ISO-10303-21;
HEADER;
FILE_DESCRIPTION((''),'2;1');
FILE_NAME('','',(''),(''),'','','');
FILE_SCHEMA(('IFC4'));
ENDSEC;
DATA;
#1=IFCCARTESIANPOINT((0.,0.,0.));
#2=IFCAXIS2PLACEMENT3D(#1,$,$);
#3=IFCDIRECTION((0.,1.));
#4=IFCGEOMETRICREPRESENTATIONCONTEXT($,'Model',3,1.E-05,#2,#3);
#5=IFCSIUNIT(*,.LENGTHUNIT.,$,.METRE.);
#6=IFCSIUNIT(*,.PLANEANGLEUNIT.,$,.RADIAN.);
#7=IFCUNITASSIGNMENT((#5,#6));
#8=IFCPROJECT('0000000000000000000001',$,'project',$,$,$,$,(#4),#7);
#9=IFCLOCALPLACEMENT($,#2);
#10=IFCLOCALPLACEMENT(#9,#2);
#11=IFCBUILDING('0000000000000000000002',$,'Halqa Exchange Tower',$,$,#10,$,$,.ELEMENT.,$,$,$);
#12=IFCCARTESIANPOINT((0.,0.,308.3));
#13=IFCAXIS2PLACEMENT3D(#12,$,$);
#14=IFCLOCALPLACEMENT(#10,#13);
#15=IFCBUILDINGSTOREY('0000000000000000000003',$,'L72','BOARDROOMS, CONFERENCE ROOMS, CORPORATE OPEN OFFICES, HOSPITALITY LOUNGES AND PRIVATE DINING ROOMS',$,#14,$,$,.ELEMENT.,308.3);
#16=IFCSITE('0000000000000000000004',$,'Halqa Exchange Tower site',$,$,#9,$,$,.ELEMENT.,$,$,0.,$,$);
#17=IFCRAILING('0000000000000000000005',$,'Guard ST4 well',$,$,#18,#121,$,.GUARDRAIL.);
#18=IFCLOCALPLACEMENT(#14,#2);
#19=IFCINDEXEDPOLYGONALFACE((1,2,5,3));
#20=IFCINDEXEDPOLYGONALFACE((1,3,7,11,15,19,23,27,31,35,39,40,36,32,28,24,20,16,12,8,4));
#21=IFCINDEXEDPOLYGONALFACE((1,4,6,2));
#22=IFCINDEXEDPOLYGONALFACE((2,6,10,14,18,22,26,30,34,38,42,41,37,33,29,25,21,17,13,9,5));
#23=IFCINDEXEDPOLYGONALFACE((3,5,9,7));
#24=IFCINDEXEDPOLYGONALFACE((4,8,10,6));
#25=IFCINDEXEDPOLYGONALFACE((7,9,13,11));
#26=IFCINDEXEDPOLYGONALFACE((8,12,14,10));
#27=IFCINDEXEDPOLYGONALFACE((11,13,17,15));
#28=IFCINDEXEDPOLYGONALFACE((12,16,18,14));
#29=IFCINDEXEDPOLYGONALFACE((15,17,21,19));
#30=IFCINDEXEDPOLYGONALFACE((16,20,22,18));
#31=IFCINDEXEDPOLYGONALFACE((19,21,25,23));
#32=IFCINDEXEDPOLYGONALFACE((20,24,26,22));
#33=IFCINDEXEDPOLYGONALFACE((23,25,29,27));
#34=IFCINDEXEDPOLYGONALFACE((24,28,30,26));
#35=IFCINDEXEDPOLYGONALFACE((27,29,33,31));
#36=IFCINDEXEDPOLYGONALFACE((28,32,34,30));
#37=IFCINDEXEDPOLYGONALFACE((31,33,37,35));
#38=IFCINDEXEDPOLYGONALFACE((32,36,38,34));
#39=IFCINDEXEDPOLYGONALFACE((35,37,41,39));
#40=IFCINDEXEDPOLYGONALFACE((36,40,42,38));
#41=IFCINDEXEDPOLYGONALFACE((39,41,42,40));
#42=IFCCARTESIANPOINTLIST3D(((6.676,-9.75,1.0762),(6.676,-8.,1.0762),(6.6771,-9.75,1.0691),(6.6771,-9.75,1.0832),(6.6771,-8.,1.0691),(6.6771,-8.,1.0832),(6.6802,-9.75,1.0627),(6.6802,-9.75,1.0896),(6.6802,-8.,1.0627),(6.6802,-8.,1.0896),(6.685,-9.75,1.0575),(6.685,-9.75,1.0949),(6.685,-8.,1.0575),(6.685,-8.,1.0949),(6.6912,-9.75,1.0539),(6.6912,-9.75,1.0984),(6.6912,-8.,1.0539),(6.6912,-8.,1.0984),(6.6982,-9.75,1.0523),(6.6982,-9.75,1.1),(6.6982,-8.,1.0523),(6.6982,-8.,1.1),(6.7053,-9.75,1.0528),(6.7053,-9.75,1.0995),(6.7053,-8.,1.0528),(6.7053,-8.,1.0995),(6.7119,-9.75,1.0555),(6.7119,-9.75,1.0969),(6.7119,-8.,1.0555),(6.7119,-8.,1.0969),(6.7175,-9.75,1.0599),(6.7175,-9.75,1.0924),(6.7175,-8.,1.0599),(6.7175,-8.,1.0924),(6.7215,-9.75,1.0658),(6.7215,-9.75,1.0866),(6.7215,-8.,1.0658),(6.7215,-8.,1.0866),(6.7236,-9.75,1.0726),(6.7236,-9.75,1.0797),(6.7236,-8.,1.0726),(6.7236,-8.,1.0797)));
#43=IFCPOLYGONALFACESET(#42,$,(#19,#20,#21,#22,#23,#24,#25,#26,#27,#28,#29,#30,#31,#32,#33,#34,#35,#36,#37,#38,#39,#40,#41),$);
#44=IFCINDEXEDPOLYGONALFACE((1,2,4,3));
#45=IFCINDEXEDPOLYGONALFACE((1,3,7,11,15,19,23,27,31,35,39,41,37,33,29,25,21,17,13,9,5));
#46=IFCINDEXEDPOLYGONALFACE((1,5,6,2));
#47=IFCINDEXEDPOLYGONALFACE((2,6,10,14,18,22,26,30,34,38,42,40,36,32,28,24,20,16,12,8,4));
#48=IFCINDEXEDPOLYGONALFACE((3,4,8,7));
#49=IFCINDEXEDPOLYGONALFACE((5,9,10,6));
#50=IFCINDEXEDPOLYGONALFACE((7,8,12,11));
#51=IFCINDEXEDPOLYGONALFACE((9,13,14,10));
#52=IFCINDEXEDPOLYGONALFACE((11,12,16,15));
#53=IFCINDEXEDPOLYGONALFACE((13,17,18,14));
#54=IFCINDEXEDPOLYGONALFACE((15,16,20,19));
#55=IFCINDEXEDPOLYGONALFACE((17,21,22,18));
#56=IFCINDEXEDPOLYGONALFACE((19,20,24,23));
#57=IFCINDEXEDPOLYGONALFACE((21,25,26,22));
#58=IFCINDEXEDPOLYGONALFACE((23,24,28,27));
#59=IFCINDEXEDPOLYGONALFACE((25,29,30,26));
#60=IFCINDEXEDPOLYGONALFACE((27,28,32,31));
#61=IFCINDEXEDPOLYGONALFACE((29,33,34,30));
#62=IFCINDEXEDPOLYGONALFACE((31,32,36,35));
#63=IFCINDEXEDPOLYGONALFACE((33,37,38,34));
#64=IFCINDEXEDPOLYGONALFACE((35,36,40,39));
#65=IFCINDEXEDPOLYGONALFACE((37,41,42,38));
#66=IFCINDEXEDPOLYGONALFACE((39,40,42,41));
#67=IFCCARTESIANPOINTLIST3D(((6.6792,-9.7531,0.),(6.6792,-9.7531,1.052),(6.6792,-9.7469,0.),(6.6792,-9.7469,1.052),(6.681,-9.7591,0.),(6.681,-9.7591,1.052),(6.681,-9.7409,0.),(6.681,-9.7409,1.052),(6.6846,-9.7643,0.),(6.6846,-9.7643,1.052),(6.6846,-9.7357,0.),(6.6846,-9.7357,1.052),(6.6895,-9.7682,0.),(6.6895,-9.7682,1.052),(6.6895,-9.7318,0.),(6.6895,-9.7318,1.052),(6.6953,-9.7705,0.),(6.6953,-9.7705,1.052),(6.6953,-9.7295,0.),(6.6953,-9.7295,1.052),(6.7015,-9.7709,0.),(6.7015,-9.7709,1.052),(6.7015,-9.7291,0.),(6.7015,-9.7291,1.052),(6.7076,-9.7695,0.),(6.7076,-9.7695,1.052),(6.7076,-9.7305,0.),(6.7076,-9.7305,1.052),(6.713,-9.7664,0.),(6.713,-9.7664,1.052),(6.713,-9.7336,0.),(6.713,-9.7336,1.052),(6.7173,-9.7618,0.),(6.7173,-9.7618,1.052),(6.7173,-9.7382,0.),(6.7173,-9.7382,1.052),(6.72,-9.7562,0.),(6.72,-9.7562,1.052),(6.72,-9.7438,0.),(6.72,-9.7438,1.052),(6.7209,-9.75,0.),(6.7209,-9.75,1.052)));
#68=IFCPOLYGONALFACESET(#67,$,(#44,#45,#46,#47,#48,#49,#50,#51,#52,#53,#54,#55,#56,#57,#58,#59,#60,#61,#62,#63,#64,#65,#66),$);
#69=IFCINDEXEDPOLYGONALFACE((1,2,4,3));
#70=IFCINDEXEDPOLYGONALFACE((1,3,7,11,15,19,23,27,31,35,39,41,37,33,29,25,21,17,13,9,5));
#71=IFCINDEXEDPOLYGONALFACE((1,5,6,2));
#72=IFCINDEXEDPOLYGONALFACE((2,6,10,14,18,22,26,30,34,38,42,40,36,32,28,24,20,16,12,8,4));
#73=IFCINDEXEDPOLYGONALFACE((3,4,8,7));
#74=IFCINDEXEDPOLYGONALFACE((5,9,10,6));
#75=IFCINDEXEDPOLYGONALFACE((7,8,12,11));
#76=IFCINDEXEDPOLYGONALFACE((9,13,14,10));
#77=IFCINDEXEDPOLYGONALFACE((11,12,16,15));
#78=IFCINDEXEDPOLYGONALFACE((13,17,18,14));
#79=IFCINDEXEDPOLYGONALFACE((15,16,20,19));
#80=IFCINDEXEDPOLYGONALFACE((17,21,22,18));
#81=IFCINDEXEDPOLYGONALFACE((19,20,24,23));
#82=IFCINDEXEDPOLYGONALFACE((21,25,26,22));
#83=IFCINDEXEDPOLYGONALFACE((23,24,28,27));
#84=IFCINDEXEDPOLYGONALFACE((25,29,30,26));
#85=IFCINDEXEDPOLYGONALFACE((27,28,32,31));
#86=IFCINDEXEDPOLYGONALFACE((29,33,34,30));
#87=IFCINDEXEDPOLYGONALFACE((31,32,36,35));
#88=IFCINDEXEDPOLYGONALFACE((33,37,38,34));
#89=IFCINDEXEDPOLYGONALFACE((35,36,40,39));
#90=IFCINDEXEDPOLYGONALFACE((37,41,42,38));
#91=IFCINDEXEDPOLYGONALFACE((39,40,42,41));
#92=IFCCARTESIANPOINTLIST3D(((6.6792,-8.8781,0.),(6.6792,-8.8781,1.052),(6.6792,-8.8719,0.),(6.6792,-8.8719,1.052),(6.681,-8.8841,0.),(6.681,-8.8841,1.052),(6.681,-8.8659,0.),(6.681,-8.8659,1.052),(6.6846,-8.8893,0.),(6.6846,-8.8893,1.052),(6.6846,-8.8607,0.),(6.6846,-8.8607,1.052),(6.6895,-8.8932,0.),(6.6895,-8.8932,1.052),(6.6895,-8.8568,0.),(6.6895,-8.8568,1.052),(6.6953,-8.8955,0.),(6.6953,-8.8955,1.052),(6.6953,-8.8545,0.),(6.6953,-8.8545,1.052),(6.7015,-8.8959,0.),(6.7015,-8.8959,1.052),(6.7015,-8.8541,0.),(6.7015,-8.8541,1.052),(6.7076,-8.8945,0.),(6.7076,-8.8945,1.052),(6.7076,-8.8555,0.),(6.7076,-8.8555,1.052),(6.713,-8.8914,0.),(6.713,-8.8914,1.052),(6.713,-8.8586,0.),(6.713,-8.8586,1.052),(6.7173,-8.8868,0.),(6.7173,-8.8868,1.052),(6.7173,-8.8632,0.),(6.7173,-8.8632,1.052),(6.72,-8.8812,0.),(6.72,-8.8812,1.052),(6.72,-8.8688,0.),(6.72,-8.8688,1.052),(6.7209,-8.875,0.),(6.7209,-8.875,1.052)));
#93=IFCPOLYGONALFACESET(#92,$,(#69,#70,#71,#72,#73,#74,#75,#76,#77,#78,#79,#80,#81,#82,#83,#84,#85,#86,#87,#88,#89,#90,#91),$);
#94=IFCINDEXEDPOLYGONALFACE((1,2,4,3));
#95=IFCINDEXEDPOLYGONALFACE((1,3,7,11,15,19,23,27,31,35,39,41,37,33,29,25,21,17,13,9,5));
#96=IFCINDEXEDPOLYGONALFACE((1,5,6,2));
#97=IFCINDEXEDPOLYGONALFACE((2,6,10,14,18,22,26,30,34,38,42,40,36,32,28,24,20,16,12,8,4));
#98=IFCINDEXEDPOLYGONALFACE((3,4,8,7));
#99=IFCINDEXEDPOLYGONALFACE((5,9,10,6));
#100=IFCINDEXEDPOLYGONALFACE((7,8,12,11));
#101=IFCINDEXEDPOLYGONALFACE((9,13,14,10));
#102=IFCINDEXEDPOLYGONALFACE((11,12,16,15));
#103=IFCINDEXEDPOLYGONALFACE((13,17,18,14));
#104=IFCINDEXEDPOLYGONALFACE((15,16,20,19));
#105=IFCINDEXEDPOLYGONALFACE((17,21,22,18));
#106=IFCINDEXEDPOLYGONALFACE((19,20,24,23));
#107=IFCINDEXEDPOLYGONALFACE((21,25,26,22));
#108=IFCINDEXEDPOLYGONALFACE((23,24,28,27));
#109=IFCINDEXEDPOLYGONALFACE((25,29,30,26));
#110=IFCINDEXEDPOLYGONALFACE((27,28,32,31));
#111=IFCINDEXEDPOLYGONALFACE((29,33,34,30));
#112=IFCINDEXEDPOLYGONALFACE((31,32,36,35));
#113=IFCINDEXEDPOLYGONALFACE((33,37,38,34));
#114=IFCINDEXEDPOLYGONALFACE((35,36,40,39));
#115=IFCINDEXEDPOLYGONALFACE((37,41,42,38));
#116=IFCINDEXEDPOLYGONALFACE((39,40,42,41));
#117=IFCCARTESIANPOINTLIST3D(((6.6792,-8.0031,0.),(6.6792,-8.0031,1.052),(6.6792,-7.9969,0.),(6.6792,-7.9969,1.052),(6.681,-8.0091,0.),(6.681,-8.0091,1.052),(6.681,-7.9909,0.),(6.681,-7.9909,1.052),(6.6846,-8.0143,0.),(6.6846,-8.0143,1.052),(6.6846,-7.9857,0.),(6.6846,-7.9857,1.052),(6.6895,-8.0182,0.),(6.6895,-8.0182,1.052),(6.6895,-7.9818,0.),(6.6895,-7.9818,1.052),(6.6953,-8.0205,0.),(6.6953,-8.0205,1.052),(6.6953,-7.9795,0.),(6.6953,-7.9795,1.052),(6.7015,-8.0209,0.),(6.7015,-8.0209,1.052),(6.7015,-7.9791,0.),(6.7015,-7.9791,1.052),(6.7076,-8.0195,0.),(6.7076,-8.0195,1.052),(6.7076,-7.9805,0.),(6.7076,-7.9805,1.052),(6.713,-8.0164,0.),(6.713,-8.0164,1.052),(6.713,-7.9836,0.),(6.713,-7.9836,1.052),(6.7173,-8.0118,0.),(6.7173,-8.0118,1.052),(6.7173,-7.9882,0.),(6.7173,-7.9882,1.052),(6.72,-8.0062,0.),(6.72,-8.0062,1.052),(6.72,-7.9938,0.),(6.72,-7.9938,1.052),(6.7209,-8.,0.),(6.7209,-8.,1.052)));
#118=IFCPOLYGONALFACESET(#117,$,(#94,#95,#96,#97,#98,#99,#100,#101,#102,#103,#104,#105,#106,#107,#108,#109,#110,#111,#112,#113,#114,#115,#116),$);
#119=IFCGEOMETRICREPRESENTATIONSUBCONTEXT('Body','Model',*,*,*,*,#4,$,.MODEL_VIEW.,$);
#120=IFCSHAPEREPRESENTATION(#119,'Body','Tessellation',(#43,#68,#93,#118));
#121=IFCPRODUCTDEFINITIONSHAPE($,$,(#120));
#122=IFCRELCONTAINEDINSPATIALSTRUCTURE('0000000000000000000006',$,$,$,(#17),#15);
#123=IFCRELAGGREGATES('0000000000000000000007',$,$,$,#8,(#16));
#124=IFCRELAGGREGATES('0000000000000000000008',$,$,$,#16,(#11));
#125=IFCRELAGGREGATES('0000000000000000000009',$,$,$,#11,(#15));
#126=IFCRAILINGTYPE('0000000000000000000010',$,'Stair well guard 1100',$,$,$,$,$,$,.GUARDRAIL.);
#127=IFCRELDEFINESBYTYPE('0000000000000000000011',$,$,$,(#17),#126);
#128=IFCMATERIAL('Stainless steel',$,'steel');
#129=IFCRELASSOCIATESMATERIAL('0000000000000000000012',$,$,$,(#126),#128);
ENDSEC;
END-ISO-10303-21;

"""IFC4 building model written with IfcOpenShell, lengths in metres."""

from ifc_helpers import new_model, si_unit, direction, frame, origin, origin_2d, place, context, subcontext, project, spatial, circle, extrude, material, type_object, element, save


model = new_model("IFC4")

# Units and contexts
model_context = context("Model", 3, precision=1e-05, world=origin(), true_north=direction((0.0, 1.0)))
body_context = subcontext(model_context, "Body", "Model", "MODEL_VIEW")
ifc_project = project(units=[si_unit("LENGTHUNIT", "METRE"), si_unit("PLANEANGLEUNIT", "RADIAN")], contexts=[model_context])

# Site, building, storey
site_placement = place(None, origin())
site = spatial("IfcSite", under=ifc_project, at=site_placement, Name="Halqa Exchange Tower site", CompositionType="ELEMENT", RefElevation=0.0)
building_placement = place(site_placement, origin())
building = spatial("IfcBuilding", under=site, at=building_placement, Name="Halqa Exchange Tower", CompositionType="ELEMENT")
storey_placement = place(building_placement, frame((0.0, 0.0, 308.3)))
storey = spatial("IfcBuildingStorey", under=building, at=storey_placement, Name="L72", Description="BOARDROOMS, CONFERENCE ROOMS, CORPORATE OPEN OFFICES, HOSPITALITY LOUNGES AND PRIVATE DINING ROOMS", CompositionType="ELEMENT", Elevation=308.3)

# Railing
ifc_material_1 = material(Name="Stainless steel", Category="steel")
railing_type_1 = type_object("IfcRailingType", Name="Stair well guard 1100", PredefinedType="GUARDRAIL", material=ifc_material_1)
railing_1_placement = place(storey_placement, frame((6.7, -9.75, 0.0)))
element("IfcRailing", 1, at=railing_1_placement, inside=storey, type_object=railing_type_1, Name="Guard ST4 well", PredefinedType="GUARDRAIL", context=body_context, shape_type="SweptSolid", body=[
    extrude(circle(Radius=0.0239, at=origin_2d()), frame((0.0, 0.0, 1.0762), z_axis=(0.0, 1.0, 0.0), x_axis=(-1.0, 0.0, 0.0)), (0.0, 0.0, 1.0), 1.75),
    extrude(circle(Radius=0.021, at=origin_2d()), origin(), (0.0, 0.0, 1.0), 1.052),
    extrude(circle(Radius=0.021, at=origin_2d()), frame((0.0, 0.875, 0.0)), (0.0, 0.0, 1.0), 1.052),
    extrude(circle(Radius=0.021, at=origin_2d()), frame((0.0, 1.75, 0.0)), (0.0, 0.0, 1.0), 1.052),
])

save(model, "model.ifc")
